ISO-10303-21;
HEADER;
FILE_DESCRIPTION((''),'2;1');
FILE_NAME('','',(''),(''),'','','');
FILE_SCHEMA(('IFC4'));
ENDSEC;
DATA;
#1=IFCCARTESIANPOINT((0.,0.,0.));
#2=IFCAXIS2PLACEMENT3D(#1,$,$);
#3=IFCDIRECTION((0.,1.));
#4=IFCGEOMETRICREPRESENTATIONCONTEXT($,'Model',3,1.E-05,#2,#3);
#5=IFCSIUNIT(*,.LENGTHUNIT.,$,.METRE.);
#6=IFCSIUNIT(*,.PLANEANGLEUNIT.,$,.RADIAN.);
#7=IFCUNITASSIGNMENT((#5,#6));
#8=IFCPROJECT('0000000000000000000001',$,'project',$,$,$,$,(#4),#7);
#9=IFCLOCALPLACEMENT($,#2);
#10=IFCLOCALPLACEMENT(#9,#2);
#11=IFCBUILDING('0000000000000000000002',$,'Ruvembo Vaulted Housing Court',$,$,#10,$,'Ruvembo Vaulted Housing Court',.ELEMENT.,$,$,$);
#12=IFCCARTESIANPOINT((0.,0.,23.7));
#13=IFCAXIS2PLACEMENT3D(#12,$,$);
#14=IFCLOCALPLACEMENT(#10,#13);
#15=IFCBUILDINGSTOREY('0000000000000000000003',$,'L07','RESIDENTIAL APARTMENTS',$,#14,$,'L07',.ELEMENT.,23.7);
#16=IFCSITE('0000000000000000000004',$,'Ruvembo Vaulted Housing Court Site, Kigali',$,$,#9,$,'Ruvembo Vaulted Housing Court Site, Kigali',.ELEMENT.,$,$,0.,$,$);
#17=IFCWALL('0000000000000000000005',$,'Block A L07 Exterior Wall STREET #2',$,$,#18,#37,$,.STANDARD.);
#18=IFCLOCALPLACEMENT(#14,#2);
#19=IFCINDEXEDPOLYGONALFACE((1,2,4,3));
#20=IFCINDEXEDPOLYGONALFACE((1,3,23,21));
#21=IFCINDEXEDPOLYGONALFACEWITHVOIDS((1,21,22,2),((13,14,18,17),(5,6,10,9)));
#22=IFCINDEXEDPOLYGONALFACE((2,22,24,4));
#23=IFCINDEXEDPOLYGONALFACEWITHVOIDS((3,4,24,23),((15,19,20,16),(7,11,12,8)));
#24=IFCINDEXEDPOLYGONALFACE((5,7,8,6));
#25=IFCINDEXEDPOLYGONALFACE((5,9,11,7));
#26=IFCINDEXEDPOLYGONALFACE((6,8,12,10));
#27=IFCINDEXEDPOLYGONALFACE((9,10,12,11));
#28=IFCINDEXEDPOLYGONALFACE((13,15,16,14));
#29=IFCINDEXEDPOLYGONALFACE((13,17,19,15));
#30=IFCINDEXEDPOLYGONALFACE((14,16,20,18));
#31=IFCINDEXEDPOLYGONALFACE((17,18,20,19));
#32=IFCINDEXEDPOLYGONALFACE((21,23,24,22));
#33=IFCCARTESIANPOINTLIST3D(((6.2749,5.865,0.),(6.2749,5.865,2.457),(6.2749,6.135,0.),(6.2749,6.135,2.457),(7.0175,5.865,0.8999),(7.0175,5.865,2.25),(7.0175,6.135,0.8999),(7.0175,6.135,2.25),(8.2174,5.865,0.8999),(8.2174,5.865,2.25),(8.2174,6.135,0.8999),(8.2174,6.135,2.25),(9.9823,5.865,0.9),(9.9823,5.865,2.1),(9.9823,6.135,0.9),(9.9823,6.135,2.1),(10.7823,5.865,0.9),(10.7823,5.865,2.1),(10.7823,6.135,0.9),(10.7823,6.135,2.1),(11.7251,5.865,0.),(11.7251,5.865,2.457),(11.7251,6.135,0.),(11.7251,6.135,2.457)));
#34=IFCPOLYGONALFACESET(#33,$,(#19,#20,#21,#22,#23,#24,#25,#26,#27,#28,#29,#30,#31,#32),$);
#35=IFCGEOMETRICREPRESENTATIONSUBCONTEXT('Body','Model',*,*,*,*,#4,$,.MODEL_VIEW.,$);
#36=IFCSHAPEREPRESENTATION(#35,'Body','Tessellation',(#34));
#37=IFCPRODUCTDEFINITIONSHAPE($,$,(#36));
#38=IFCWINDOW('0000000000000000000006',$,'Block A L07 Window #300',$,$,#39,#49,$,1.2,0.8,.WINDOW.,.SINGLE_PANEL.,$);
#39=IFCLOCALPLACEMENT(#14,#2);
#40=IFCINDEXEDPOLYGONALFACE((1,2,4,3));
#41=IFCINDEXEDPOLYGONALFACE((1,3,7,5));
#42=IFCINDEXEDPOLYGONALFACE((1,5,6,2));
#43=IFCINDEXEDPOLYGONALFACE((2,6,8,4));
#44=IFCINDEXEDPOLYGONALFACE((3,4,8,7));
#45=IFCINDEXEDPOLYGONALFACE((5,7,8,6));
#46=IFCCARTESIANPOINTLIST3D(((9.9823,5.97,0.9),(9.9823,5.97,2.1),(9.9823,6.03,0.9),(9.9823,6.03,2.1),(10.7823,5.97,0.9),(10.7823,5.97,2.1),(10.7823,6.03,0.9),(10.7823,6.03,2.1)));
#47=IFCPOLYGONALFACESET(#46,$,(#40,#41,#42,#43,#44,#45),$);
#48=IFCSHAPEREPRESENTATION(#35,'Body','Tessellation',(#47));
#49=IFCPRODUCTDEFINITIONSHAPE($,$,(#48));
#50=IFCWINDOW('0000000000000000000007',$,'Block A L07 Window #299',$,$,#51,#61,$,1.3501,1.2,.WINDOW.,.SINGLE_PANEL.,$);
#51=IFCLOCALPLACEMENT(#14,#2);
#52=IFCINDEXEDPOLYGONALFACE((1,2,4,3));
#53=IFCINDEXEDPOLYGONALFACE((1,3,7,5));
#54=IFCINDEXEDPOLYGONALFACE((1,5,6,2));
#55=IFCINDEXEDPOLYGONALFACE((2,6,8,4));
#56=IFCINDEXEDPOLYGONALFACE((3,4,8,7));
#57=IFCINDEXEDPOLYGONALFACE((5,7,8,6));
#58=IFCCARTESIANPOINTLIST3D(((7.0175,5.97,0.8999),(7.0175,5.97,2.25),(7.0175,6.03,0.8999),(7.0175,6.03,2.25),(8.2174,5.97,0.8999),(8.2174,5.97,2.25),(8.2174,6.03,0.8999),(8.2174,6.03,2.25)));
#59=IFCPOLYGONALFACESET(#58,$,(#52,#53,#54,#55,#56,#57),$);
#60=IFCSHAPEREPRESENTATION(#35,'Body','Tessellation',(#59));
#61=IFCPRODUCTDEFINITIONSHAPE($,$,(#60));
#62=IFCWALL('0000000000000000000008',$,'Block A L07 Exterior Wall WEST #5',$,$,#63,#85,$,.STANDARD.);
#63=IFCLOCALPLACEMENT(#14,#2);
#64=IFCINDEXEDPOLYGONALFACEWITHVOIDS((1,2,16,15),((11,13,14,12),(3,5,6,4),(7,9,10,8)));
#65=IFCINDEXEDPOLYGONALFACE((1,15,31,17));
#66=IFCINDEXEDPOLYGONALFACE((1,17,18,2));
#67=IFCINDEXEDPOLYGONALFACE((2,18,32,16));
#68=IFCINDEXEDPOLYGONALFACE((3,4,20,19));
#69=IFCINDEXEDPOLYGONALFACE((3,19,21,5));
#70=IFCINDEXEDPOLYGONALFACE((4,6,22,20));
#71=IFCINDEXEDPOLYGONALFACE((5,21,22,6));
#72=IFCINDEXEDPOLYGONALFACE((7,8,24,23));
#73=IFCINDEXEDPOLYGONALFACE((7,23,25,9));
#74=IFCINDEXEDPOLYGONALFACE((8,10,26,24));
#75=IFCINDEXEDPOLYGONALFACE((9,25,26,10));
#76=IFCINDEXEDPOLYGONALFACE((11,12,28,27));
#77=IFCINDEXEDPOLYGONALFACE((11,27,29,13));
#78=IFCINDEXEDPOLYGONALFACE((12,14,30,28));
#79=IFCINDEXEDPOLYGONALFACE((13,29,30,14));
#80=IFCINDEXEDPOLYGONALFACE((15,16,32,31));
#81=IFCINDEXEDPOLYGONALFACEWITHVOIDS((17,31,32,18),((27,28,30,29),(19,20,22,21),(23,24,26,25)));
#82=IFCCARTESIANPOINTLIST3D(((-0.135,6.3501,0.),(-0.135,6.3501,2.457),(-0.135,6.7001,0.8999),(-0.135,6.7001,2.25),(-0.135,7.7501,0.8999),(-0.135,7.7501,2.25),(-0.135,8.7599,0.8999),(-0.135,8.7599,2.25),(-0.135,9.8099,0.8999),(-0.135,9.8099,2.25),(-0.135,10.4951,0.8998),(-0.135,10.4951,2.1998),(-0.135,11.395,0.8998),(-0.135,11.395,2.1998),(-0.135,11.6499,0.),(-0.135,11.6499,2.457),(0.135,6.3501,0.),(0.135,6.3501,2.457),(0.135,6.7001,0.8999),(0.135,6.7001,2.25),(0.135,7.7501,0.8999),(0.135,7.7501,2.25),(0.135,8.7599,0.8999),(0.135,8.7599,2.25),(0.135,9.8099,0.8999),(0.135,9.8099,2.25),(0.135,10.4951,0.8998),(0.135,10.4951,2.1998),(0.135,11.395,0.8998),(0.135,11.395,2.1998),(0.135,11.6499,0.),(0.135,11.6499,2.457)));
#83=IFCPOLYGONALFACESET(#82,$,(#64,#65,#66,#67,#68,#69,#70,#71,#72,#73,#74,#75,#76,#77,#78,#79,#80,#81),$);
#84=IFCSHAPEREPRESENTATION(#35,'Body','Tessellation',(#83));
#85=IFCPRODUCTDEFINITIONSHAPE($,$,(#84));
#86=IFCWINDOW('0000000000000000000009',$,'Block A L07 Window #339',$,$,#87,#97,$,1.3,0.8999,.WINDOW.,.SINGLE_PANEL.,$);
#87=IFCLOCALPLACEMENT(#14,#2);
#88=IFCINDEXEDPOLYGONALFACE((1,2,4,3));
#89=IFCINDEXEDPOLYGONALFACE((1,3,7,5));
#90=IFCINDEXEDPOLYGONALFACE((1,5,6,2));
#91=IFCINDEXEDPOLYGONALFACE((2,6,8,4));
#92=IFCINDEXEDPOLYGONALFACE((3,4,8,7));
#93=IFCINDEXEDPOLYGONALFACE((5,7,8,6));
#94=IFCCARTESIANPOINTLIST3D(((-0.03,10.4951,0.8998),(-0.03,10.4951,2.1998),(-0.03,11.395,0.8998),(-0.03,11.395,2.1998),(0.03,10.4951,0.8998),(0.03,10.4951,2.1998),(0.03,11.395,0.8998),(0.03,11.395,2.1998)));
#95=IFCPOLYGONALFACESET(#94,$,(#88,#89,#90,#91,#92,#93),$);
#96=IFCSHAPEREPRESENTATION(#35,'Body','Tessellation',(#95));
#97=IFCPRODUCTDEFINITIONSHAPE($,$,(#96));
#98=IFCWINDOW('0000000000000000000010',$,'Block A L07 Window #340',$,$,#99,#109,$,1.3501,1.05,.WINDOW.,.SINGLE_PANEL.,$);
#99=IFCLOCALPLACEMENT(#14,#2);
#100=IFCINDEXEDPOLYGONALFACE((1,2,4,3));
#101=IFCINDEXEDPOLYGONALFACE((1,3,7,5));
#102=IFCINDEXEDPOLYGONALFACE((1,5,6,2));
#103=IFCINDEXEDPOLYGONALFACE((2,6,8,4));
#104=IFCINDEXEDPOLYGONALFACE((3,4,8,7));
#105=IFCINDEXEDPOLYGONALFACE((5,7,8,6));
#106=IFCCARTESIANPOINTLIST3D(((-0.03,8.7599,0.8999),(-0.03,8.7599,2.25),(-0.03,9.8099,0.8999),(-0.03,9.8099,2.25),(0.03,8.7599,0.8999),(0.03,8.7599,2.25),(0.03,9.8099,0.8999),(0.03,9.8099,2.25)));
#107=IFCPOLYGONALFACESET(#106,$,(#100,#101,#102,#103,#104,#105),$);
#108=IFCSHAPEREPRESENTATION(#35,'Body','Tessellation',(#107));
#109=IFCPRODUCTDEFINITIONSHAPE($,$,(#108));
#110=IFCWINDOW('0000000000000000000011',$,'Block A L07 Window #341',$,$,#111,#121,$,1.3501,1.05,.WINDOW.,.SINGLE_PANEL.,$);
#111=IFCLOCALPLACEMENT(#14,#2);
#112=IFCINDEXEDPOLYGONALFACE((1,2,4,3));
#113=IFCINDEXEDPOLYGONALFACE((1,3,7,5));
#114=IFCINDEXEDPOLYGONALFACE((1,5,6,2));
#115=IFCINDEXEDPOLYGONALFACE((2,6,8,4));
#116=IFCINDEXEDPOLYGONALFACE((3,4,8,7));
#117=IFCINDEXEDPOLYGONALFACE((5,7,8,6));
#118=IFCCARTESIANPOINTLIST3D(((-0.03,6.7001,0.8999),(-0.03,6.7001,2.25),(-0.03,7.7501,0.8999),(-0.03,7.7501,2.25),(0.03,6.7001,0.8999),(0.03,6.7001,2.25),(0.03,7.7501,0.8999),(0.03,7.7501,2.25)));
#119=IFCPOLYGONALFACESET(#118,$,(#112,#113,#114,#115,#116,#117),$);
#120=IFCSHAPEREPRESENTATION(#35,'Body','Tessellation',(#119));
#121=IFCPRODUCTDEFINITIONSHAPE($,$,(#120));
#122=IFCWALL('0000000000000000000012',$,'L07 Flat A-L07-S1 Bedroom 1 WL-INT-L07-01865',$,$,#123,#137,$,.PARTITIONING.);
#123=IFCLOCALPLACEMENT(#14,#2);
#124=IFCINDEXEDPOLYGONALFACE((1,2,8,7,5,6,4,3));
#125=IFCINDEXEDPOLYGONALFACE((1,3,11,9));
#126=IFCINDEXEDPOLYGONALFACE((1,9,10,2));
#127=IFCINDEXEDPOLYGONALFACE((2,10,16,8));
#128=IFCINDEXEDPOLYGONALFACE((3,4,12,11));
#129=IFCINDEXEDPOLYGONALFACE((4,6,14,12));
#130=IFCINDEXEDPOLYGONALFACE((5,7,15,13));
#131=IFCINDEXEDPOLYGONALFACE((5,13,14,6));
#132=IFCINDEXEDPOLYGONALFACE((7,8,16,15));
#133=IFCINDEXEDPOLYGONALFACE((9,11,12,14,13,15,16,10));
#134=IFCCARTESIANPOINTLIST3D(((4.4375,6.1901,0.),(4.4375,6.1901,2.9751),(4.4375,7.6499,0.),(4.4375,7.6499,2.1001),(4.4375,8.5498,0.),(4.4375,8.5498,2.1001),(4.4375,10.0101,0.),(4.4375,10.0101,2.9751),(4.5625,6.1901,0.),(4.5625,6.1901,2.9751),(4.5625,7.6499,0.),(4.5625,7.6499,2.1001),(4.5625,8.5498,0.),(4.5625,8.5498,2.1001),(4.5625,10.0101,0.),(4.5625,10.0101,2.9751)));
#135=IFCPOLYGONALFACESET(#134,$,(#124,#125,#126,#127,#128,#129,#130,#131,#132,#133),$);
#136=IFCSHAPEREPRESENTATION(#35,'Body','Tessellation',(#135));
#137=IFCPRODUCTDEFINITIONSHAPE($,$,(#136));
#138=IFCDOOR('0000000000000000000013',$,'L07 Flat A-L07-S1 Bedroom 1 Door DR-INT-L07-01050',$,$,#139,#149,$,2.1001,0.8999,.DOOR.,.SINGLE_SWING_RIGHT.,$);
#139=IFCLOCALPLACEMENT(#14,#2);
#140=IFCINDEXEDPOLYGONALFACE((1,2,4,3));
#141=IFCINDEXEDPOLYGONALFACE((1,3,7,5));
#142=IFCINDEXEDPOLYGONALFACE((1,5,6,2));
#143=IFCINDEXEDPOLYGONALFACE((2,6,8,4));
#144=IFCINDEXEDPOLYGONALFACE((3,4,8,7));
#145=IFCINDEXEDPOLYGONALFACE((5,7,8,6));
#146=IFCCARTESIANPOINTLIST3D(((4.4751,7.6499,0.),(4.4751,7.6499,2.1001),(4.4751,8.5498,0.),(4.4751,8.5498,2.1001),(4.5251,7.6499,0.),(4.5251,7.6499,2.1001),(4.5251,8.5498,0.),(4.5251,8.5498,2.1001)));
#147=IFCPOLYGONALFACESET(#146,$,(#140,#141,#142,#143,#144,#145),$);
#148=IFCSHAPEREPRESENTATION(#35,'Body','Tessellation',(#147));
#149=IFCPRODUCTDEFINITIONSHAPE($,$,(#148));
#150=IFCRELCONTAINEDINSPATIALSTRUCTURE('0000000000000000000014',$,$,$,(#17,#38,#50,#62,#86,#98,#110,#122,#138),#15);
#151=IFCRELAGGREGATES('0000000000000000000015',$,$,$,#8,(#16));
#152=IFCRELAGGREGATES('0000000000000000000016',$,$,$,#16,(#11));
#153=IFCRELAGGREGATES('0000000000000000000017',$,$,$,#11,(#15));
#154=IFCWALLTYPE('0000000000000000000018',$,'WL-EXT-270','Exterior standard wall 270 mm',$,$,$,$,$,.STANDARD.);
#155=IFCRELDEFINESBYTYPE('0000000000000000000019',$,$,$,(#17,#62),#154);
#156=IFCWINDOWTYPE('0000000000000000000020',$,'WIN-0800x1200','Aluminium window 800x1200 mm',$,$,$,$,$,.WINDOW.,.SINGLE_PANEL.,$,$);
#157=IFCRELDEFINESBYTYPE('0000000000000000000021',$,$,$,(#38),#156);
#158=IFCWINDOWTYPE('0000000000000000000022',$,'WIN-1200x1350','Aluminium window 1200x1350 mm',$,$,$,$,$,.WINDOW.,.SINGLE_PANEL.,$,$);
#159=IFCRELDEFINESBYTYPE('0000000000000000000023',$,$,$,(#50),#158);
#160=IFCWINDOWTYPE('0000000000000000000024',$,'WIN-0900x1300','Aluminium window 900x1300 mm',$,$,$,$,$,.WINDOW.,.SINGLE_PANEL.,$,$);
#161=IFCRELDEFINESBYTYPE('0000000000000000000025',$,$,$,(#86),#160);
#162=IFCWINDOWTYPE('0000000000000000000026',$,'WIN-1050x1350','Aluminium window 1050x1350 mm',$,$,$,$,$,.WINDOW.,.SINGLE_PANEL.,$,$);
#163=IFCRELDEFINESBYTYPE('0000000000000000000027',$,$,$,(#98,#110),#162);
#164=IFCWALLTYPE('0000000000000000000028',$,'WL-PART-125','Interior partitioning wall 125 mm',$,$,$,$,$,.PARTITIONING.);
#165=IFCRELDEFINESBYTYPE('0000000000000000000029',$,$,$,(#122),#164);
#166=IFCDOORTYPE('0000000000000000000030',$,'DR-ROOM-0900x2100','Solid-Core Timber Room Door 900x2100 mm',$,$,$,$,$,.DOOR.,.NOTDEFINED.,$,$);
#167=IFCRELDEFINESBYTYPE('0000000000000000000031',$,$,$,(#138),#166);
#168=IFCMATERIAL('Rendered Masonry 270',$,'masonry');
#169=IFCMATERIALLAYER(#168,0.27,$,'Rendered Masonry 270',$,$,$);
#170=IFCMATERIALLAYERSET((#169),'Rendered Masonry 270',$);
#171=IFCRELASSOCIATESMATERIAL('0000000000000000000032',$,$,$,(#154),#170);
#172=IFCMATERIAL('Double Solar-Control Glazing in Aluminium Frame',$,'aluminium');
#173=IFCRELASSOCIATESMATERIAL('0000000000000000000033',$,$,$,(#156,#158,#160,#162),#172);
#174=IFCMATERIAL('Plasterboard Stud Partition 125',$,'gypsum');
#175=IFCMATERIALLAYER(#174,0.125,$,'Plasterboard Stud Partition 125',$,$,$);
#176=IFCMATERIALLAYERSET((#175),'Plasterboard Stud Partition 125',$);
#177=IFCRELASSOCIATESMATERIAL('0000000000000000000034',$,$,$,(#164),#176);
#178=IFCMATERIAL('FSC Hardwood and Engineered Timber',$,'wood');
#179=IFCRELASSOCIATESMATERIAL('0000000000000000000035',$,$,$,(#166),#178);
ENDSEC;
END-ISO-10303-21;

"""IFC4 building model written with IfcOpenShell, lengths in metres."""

from ifc_helpers import new_model, si_unit, direction, frame, frame_2d, origin, place, context, subcontext, project, spatial, rectangle, extrude, material, layer, layer_set, type_object, element, fill, save


model = new_model("IFC4")

# Units and contexts
model_context = context("Model", 3, precision=1e-05, world=origin(), true_north=direction((0.0, 1.0)))
body_context = subcontext(model_context, "Body", "Model", "MODEL_VIEW")
ifc_project = project(units=[si_unit("LENGTHUNIT", "METRE"), si_unit("PLANEANGLEUNIT", "RADIAN")], contexts=[model_context])

# Site, building, storey
site_placement = place(None, origin())
site = spatial("IfcSite", under=ifc_project, at=site_placement, Name="Ruvembo Vaulted Housing Court Site, Kigali", LongName="Ruvembo Vaulted Housing Court Site, Kigali", CompositionType="ELEMENT", RefElevation=0.0)
building_placement = place(site_placement, origin())
building = spatial("IfcBuilding", under=site, at=building_placement, Name="Ruvembo Vaulted Housing Court", LongName="Ruvembo Vaulted Housing Court", CompositionType="ELEMENT")
storey_placement = place(building_placement, frame((0.0, 0.0, 23.7)))
storey = spatial("IfcBuildingStorey", under=building, at=storey_placement, Name="L07", Description="RESIDENTIAL APARTMENTS", LongName="L07", CompositionType="ELEMENT", Elevation=23.7)

# Walls, openings, windows
ifc_material_1 = material(Name="Rendered Masonry 270", Category="masonry")
ifc_layer_1 = layer(ifc_material_1, 0.27, Name="Rendered Masonry 270")
ifc_layer_set_1 = layer_set([ifc_layer_1], Name="Rendered Masonry 270")
wall_type_1 = type_object("IfcWallType", Name="WL-EXT-270", Description="Exterior standard wall 270 mm", PredefinedType="STANDARD", material=ifc_layer_set_1)
ifc_material_2 = material(Name="Double Solar-Control Glazing in Aluminium Frame", Category="aluminium")
wall_1_placement = place(storey_placement, frame((6.2749, 6.0, 0.0), z_axis=(0.0, 0.0, 1.0), x_axis=(1.0, 0.0, 0.0)))
wall_1 = element("IfcWall", 1, at=wall_1_placement, inside=storey, type_object=wall_type_1, Name="Block A L07 Exterior Wall STREET #2", PredefinedType="STANDARD", context=body_context, shape_type="SweptSolid", body=[
    extrude(rectangle(XDim=5.4502, YDim=0.27, at=frame_2d((2.7251, 0.0))), origin(), (0.0, 0.0, 1.0), 2.457),
])
opening_1_placement = place(wall_1_placement, frame((0.7424, 0.0, 0.8999)))
opening_1 = element("IfcOpeningElement", 2, at=opening_1_placement, cuts=wall_1, PredefinedType="OPENING", context=body_context, shape_type="SweptSolid", body=[
    extrude(rectangle(XDim=1.2, YDim=1.3501, at=frame_2d((0.6001, 0.675))), frame((0.0, 0.145, 0.0), z_axis=(0.0, -1.0, 0.0), x_axis=(1.0, 0.0, 0.0)), (0.0, 0.0, 1.0), 0.29),
])
opening_2_placement = place(wall_1_placement, frame((3.7075, 0.0, 0.8999)))
opening_2 = element("IfcOpeningElement", 3, at=opening_2_placement, cuts=wall_1, PredefinedType="OPENING", context=body_context, shape_type="SweptSolid", body=[
    extrude(rectangle(XDim=0.8, YDim=1.2, at=frame_2d((0.3999, 0.6001))), frame((0.0, 0.145, 0.0), z_axis=(0.0, -1.0, 0.0), x_axis=(1.0, 0.0, 0.0)), (0.0, 0.0, 1.0), 0.29),
])
window_type_1 = type_object("IfcWindowType", Name="WIN-0800x1200", Description="Aluminium window 800x1200 mm", PartitioningType="SINGLE_PANEL", PredefinedType="WINDOW", material=ifc_material_2)
window_1_placement = place(opening_2_placement, origin())
window_1 = element("IfcWindow", 4, at=window_1_placement, inside=storey, type_object=window_type_1, Name="Block A L07 Window #300", OverallHeight=1.2, OverallWidth=0.8, PartitioningType="SINGLE_PANEL", PredefinedType="WINDOW", context=body_context, shape_type="SweptSolid", body=[
    extrude(rectangle(XDim=0.8, YDim=1.2, at=frame_2d((0.3999, 0.6001))), frame((0.0, 0.03, 0.0), z_axis=(0.0, -1.0, 0.0), x_axis=(1.0, 0.0, 0.0)), (0.0, 0.0, 1.0), 0.0601),
])
fill(opening_2, window_1)
window_type_2 = type_object("IfcWindowType", Name="WIN-1200x1350", Description="Aluminium window 1200x1350 mm", PartitioningType="SINGLE_PANEL", PredefinedType="WINDOW", material=ifc_material_2)
window_2_placement = place(opening_1_placement, origin())
window_2 = element("IfcWindow", 5, at=window_2_placement, inside=storey, type_object=window_type_2, Name="Block A L07 Window #299", OverallHeight=1.3501, OverallWidth=1.2, PartitioningType="SINGLE_PANEL", PredefinedType="WINDOW", context=body_context, shape_type="SweptSolid", body=[
    extrude(rectangle(XDim=1.2, YDim=1.3501, at=frame_2d((0.6001, 0.675))), frame((0.0, 0.03, 0.0), z_axis=(0.0, -1.0, 0.0), x_axis=(1.0, 0.0, 0.0)), (0.0, 0.0, 1.0), 0.0601),
])
fill(opening_1, window_2)
wall_2_placement = place(storey_placement, frame((0.0, 11.6499, 0.0), z_axis=(0.0, 0.0, 1.0), x_axis=(0.0, -1.0, 0.0)))
wall_2 = element("IfcWall", 6, at=wall_2_placement, inside=storey, type_object=wall_type_1, Name="Block A L07 Exterior Wall WEST #5", PredefinedType="STANDARD", context=body_context, shape_type="SweptSolid", body=[
    extrude(rectangle(XDim=5.2998, YDim=0.27, at=frame_2d((2.6499, 0.0))), origin(), (0.0, 0.0, 1.0), 2.457),
])
opening_3_placement = place(wall_2_placement, frame((0.2549, 0.0, 0.8999)))
opening_3 = element("IfcOpeningElement", 7, at=opening_3_placement, cuts=wall_2, PredefinedType="OPENING", context=body_context, shape_type="SweptSolid", body=[
    extrude(rectangle(XDim=0.8999, YDim=1.3, at=frame_2d((0.45, 0.6499))), frame((0.0, 0.145, 0.0), z_axis=(0.0, -1.0, 0.0), x_axis=(1.0, 0.0, 0.0)), (0.0, 0.0, 1.0), 0.29),
])
opening_4_placement = place(wall_2_placement, frame((1.8401, 0.0, 0.8999)))
opening_4 = element("IfcOpeningElement", 8, at=opening_4_placement, cuts=wall_2, PredefinedType="OPENING", context=body_context, shape_type="SweptSolid", body=[
    extrude(rectangle(XDim=1.05, YDim=1.3501, at=frame_2d((0.5249, 0.675))), frame((0.0, 0.145, 0.0), z_axis=(0.0, -1.0, 0.0), x_axis=(1.0, 0.0, 0.0)), (0.0, 0.0, 1.0), 0.29),
])
opening_5_placement = place(wall_2_placement, frame((3.8999, 0.0, 0.8999)))
opening_5 = element("IfcOpeningElement", 9, at=opening_5_placement, cuts=wall_2, PredefinedType="OPENING", context=body_context, shape_type="SweptSolid", body=[
    extrude(rectangle(XDim=1.05, YDim=1.3501, at=frame_2d((0.5249, 0.675))), frame((0.0, 0.145, 0.0), z_axis=(0.0, -1.0, 0.0), x_axis=(1.0, 0.0, 0.0)), (0.0, 0.0, 1.0), 0.29),
])
window_type_3 = type_object("IfcWindowType", Name="WIN-0900x1300", Description="Aluminium window 900x1300 mm", PartitioningType="SINGLE_PANEL", PredefinedType="WINDOW", material=ifc_material_2)
window_3_placement = place(opening_3_placement, origin())
window_3 = element("IfcWindow", 10, at=window_3_placement, inside=storey, type_object=window_type_3, Name="Block A L07 Window #339", OverallHeight=1.3, OverallWidth=0.8999, PartitioningType="SINGLE_PANEL", PredefinedType="WINDOW", context=body_context, shape_type="SweptSolid", body=[
    extrude(rectangle(XDim=0.8999, YDim=1.3, at=frame_2d((0.45, 0.6499))), frame((0.0, 0.03, 0.0), z_axis=(0.0, -1.0, 0.0), x_axis=(1.0, 0.0, 0.0)), (0.0, 0.0, 1.0), 0.0601),
])
fill(opening_3, window_3)
window_type_4 = type_object("IfcWindowType", Name="WIN-1050x1350", Description="Aluminium window 1050x1350 mm", PartitioningType="SINGLE_PANEL", PredefinedType="WINDOW", material=ifc_material_2)
window_4_placement = place(opening_4_placement, origin())
window_4 = element("IfcWindow", 11, at=window_4_placement, inside=storey, type_object=window_type_4, Name="Block A L07 Window #340", OverallHeight=1.3501, OverallWidth=1.05, PartitioningType="SINGLE_PANEL", PredefinedType="WINDOW", context=body_context, shape_type="SweptSolid", body=[
    extrude(rectangle(XDim=1.05, YDim=1.3501, at=frame_2d((0.5249, 0.675))), frame((0.0, 0.03, 0.0), z_axis=(0.0, -1.0, 0.0), x_axis=(1.0, 0.0, 0.0)), (0.0, 0.0, 1.0), 0.0601),
])
fill(opening_4, window_4)
window_5_placement = place(opening_5_placement, origin())
window_5 = element("IfcWindow", 12, at=window_5_placement, inside=storey, type_object=window_type_4, Name="Block A L07 Window #341", OverallHeight=1.3501, OverallWidth=1.05, PartitioningType="SINGLE_PANEL", PredefinedType="WINDOW", context=body_context, shape_type="SweptSolid", body=[
    extrude(rectangle(XDim=1.05, YDim=1.3501, at=frame_2d((0.5249, 0.675))), frame((0.0, 0.03, 0.0), z_axis=(0.0, -1.0, 0.0), x_axis=(1.0, 0.0, 0.0)), (0.0, 0.0, 1.0), 0.0601),
])
fill(opening_5, window_5)

# Wall, opening, door
ifc_material_3 = material(Name="Plasterboard Stud Partition 125", Category="gypsum")
ifc_layer_2 = layer(ifc_material_3, 0.125, Name="Plasterboard Stud Partition 125")
ifc_layer_set_2 = layer_set([ifc_layer_2], Name="Plasterboard Stud Partition 125")
wall_type_2 = type_object("IfcWallType", Name="WL-PART-125", Description="Interior partitioning wall 125 mm", PredefinedType="PARTITIONING", material=ifc_layer_set_2)
wall_3_placement = place(storey_placement, frame((4.5, 6.1899, 0.0), z_axis=(0.0, 0.0, 1.0), x_axis=(0.0, 1.0, 0.0)))
wall_3 = element("IfcWall", 13, at=wall_3_placement, inside=storey, type_object=wall_type_2, Name="L07 Flat A-L07-S1 Bedroom 1 WL-INT-L07-01865", PredefinedType="PARTITIONING", context=body_context, shape_type="SweptSolid", body=[
    extrude(rectangle(XDim=3.8201, YDim=0.125, at=frame_2d((1.9102, 0.0))), origin(), (0.0, 0.0, 1.0), 2.9751),
])
opening_6_placement = place(wall_3_placement, frame((1.46, 0.0, 0.0)))
opening_6 = element("IfcOpeningElement", 14, at=opening_6_placement, cuts=wall_3, PredefinedType="OPENING", context=body_context, shape_type="SweptSolid", body=[
    extrude(rectangle(XDim=0.8999, YDim=2.1001, at=frame_2d((0.45, 1.05))), frame((0.0, 0.0725, 0.0), z_axis=(0.0, -1.0, 0.0), x_axis=(1.0, 0.0, 0.0)), (0.0, 0.0, 1.0), 0.145),
])
ifc_material_4 = material(Name="FSC Hardwood and Engineered Timber", Category="wood")
door_type_1 = type_object("IfcDoorType", Name="DR-ROOM-0900x2100", Description="Solid-Core Timber Room Door 900x2100 mm", OperationType="NOTDEFINED", PredefinedType="DOOR", material=ifc_material_4)
door_1_placement = place(opening_6_placement, origin())
door_1 = element("IfcDoor", 15, at=door_1_placement, inside=storey, type_object=door_type_1, Name="L07 Flat A-L07-S1 Bedroom 1 Door DR-INT-L07-01050", OperationType="SINGLE_SWING_RIGHT", OverallHeight=2.1001, OverallWidth=0.8999, PredefinedType="DOOR", context=body_context, shape_type="SweptSolid", body=[
    extrude(rectangle(XDim=0.8999, YDim=2.1001, at=frame_2d((0.45, 1.05))), frame((0.0, 0.0249, 0.0), z_axis=(0.0, -1.0, 0.0), x_axis=(1.0, 0.0, 0.0)), (0.0, 0.0, 1.0), 0.05),
])
fill(opening_6, door_1)

save(model, "model.ifc")
